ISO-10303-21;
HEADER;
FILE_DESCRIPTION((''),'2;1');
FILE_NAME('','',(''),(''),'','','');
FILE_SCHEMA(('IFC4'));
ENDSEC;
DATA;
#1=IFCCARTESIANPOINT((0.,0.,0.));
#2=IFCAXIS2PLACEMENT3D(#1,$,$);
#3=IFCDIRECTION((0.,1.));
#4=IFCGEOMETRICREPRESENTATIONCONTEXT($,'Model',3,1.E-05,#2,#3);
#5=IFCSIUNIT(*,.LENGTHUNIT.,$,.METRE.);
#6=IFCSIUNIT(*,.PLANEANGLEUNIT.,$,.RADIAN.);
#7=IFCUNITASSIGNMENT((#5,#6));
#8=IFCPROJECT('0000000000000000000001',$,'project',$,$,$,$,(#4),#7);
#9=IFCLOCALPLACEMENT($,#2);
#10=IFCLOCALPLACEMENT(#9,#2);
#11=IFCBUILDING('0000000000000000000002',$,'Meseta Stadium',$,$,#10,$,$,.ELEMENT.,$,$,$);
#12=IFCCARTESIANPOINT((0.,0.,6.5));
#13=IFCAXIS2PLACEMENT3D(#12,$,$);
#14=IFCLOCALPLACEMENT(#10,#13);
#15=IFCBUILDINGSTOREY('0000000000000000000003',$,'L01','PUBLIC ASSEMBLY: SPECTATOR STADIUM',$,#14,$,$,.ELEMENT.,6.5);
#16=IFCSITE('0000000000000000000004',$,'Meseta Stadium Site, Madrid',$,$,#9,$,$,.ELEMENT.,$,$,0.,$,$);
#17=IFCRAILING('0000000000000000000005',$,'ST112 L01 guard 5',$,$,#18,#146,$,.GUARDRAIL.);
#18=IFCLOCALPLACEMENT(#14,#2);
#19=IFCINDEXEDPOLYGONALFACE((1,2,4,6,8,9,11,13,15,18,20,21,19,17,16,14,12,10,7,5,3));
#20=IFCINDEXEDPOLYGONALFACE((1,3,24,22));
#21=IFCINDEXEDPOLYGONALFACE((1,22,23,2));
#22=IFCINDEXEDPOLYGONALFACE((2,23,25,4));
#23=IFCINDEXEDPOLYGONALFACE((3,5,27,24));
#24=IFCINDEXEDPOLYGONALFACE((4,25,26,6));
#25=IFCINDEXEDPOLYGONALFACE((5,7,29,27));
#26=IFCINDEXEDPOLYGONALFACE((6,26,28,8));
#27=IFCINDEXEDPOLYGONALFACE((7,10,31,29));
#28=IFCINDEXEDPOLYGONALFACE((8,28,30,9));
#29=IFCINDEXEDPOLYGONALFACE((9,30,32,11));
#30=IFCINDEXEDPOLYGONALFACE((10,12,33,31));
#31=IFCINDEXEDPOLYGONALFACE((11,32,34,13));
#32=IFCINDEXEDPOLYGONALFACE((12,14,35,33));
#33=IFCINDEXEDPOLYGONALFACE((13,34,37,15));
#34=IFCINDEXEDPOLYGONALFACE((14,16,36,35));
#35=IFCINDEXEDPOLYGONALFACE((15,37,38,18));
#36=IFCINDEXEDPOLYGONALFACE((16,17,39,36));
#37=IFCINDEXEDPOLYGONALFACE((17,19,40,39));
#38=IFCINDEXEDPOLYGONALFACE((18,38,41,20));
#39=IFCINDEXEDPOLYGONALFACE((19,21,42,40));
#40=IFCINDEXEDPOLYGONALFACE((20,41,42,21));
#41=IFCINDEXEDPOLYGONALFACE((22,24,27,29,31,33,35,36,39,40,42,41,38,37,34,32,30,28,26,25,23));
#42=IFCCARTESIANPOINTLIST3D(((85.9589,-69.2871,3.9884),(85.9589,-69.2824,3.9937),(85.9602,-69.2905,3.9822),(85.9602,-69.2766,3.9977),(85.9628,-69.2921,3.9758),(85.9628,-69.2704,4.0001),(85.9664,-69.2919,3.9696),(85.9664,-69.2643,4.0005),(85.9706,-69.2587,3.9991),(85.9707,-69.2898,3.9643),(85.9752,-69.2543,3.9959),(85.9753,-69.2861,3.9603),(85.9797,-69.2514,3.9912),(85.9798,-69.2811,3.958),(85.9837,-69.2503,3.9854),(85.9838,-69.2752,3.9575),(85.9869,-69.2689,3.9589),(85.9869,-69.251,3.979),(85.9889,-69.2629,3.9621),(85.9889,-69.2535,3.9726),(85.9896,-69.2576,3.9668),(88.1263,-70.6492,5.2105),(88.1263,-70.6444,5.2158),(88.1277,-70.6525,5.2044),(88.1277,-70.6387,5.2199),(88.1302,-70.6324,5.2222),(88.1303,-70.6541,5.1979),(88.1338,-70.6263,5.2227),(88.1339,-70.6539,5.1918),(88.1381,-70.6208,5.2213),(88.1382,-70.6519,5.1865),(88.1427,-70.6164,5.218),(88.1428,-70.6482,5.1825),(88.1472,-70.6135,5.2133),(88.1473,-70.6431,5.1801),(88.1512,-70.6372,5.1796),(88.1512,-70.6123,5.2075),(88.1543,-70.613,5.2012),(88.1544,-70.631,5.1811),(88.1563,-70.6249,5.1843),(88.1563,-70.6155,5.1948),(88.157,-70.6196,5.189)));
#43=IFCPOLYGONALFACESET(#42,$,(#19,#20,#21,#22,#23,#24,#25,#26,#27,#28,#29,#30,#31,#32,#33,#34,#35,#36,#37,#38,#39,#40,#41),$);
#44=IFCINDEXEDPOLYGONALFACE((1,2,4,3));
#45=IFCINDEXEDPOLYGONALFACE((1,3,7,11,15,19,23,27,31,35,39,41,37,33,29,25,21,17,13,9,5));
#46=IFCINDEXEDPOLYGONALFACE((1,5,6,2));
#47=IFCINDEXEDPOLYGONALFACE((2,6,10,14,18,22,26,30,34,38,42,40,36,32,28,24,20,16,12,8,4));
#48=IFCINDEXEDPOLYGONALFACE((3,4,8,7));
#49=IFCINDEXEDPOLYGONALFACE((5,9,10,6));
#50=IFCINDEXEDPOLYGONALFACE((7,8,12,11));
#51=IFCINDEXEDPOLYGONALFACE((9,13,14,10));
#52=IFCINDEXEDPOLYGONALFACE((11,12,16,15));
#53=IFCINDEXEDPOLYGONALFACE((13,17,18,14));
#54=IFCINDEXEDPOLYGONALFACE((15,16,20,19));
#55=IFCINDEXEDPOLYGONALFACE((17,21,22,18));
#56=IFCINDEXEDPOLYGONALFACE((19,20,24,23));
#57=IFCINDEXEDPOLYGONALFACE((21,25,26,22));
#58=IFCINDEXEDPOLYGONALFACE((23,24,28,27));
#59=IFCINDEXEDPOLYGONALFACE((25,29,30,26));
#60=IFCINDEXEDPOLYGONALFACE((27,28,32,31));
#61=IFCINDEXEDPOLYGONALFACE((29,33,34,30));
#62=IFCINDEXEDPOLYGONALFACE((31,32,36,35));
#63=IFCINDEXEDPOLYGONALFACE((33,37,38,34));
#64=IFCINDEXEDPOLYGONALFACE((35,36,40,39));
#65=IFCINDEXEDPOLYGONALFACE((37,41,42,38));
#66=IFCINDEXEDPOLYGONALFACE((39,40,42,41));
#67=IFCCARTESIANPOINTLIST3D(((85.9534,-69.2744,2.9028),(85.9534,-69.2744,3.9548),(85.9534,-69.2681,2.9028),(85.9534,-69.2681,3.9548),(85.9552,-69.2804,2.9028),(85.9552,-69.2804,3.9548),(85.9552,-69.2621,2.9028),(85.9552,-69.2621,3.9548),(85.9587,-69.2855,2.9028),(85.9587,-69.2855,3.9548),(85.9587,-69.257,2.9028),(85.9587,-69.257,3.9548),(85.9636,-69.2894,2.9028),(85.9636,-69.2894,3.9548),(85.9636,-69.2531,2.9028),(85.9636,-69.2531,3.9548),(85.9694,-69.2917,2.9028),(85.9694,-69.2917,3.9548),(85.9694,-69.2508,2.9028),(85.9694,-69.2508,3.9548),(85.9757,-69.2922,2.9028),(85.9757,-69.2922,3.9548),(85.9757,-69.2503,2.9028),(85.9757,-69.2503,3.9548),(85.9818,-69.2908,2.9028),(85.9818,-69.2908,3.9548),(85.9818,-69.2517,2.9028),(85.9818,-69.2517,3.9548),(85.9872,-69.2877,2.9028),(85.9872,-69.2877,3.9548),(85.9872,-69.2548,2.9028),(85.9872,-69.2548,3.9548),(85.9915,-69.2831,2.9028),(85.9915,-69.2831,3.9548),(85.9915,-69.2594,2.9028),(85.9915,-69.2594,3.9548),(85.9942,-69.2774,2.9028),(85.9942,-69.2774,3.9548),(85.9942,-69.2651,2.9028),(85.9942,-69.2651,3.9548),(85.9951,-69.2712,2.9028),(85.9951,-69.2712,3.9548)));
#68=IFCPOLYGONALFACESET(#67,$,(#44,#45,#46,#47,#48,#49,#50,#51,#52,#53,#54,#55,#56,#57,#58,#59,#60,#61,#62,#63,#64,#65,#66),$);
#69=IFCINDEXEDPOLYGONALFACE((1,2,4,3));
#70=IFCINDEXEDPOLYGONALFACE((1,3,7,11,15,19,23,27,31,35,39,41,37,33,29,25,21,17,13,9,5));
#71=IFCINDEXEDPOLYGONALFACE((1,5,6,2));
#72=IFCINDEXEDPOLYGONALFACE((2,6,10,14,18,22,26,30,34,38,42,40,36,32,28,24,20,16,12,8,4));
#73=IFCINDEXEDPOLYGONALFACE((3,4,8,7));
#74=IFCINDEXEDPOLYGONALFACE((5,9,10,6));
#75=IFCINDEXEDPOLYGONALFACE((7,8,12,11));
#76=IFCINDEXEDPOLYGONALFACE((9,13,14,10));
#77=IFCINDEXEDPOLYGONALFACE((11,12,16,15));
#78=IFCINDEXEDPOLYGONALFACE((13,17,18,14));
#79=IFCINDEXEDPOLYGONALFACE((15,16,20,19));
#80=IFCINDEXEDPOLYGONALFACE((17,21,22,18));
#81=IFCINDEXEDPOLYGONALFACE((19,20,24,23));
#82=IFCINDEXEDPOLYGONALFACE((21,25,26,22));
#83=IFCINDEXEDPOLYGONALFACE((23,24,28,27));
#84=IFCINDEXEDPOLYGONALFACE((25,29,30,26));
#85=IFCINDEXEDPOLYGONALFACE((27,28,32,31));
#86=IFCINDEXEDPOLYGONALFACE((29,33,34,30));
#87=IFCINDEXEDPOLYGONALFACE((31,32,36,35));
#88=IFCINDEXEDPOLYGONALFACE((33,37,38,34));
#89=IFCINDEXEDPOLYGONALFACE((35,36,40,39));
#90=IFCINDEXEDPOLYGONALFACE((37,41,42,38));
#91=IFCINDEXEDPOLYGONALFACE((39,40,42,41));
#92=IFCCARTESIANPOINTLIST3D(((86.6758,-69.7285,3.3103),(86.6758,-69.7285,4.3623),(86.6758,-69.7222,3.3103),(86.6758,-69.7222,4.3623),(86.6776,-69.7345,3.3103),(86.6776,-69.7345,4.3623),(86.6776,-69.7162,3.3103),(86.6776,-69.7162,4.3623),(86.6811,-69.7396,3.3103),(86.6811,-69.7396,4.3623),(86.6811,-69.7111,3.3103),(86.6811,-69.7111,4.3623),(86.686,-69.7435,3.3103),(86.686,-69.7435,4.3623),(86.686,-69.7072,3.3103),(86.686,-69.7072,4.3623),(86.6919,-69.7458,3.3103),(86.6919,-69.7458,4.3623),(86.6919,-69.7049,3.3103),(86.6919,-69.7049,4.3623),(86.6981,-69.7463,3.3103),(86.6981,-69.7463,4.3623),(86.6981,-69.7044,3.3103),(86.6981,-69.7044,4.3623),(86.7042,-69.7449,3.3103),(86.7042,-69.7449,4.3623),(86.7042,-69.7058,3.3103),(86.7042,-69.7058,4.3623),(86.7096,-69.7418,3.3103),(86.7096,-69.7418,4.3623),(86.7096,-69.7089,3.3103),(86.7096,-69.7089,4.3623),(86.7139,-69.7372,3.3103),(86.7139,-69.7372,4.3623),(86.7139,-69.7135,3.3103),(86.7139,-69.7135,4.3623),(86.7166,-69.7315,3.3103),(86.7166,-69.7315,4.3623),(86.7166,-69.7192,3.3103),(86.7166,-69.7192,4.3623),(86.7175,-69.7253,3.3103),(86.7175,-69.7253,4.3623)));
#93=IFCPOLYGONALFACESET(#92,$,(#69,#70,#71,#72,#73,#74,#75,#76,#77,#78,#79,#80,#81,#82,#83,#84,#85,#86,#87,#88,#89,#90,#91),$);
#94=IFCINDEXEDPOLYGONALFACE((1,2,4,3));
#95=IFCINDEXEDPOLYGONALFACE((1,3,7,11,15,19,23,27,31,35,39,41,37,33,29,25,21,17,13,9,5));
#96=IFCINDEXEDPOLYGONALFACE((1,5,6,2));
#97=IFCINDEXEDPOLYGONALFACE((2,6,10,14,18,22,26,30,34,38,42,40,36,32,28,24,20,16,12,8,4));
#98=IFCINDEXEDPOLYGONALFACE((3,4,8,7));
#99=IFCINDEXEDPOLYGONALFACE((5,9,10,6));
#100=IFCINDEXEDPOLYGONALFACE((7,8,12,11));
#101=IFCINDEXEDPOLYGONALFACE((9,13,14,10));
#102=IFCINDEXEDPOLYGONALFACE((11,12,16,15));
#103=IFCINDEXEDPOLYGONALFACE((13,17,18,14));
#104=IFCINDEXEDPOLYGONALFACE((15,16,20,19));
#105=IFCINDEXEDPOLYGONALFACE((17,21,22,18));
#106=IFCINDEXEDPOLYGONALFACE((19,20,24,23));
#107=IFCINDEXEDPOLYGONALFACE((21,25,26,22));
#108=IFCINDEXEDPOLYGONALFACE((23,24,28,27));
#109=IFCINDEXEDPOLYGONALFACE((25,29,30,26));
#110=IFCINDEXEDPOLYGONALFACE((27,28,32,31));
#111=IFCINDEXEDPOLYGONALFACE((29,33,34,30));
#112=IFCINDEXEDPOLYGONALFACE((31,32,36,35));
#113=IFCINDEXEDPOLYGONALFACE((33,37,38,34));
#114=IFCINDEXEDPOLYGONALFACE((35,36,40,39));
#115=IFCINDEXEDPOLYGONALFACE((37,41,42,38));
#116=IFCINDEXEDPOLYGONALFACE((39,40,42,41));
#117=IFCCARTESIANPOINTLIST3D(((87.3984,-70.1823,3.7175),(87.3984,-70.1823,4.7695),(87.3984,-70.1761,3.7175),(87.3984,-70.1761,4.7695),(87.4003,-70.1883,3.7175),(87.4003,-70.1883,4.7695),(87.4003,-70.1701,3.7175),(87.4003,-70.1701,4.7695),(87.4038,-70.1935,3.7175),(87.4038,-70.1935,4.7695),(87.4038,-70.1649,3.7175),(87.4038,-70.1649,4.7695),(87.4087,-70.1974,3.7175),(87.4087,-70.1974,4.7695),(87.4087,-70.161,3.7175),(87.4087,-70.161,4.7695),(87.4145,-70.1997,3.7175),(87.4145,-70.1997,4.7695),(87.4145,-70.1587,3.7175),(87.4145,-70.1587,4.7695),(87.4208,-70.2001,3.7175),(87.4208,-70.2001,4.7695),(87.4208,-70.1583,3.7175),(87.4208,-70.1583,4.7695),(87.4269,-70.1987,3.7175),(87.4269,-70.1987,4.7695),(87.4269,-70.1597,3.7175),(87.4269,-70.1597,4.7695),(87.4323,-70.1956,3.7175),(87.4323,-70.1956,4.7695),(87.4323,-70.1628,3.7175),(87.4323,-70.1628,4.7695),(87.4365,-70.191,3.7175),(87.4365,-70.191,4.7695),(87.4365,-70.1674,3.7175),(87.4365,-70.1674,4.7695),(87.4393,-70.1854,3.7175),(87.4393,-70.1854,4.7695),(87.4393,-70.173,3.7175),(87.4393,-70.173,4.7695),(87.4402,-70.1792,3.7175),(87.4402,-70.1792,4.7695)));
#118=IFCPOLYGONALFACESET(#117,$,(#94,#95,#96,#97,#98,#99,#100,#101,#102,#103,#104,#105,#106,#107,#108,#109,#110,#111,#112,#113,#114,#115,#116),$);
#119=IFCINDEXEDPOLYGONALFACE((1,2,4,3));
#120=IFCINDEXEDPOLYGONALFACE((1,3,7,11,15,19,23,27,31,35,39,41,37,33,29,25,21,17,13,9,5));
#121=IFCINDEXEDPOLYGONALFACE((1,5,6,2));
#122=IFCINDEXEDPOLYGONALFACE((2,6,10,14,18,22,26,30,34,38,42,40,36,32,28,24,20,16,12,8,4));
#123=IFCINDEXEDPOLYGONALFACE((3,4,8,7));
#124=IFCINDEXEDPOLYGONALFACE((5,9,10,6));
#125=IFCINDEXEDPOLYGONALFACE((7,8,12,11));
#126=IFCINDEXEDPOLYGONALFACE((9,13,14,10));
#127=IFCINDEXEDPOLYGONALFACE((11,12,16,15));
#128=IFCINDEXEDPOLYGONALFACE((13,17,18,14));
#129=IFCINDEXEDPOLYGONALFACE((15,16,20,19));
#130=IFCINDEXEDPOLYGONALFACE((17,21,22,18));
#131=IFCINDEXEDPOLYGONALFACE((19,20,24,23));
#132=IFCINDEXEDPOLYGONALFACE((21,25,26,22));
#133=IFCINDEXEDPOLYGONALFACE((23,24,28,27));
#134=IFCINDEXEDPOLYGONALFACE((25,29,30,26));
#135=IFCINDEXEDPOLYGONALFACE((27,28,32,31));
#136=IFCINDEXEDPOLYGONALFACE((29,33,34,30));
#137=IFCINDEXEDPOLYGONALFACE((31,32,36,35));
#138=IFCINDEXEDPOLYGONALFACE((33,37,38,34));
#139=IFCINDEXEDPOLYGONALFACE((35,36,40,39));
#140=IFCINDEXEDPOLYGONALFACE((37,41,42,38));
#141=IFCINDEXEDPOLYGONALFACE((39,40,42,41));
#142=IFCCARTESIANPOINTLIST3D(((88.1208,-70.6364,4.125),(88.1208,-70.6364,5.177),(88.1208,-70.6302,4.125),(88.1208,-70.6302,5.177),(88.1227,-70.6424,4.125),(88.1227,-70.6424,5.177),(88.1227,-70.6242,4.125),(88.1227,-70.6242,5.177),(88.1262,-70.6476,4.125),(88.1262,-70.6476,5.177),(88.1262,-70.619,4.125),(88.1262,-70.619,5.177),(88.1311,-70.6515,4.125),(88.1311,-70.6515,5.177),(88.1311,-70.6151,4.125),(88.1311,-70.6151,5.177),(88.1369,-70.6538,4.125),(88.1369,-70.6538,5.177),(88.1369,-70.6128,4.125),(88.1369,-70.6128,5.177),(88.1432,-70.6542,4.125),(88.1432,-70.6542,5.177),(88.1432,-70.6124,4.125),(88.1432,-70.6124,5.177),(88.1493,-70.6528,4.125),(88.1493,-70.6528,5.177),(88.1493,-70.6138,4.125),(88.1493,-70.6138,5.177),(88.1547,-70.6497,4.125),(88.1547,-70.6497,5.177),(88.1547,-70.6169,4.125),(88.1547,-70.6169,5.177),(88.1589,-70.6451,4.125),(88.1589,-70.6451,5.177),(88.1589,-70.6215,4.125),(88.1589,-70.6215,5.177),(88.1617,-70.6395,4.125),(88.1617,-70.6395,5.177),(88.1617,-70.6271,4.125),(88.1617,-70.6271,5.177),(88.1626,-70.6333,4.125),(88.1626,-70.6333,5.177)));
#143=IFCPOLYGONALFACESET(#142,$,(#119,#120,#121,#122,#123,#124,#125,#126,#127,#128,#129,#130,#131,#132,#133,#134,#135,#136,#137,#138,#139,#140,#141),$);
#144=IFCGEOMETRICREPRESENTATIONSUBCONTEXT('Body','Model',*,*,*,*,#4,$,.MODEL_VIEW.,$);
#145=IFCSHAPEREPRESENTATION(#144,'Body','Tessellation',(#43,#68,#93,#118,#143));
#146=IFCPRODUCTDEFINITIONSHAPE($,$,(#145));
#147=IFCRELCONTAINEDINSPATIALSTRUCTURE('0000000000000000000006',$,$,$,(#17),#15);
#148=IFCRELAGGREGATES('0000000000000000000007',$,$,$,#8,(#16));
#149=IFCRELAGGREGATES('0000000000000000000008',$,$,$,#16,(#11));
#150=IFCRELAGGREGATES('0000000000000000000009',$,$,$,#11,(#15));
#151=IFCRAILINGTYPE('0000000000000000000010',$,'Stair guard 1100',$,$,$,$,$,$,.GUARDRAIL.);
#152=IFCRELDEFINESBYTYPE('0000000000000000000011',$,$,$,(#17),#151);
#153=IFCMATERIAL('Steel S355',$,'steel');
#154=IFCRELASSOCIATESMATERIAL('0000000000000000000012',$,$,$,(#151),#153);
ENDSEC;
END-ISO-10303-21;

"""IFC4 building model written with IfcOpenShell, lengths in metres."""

from ifc_helpers import new_model, si_unit, direction, frame, origin, origin_2d, place, context, subcontext, project, spatial, circle, extrude, material, type_object, element, save


model = new_model("IFC4")

# Units and contexts
model_context = context("Model", 3, precision=1e-05, world=origin(), true_north=direction((0.0, 1.0)))
body_context = subcontext(model_context, "Body", "Model", "MODEL_VIEW")
ifc_project = project(units=[si_unit("LENGTHUNIT", "METRE"), si_unit("PLANEANGLEUNIT", "RADIAN")], contexts=[model_context])

# Site, building, storey
site_placement = place(None, origin())
site = spatial("IfcSite", under=ifc_project, at=site_placement, Name="Meseta Stadium Site, Madrid", CompositionType="ELEMENT", RefElevation=0.0)
building_placement = place(site_placement, origin())
building = spatial("IfcBuilding", under=site, at=building_placement, Name="Meseta Stadium", CompositionType="ELEMENT")
storey_placement = place(building_placement, frame((0.0, 0.0, 6.5)))
storey = spatial("IfcBuildingStorey", under=building, at=storey_placement, Name="L01", Description="PUBLIC ASSEMBLY: SPECTATOR STADIUM", CompositionType="ELEMENT", Elevation=6.5)

# Railing
ifc_material_1 = material(Name="Steel S355", Category="steel")
railing_type_1 = type_object("IfcRailingType", Name="Stair guard 1100", PredefinedType="GUARDRAIL", material=ifc_material_1)
railing_1_placement = place(storey_placement, frame((85.9741, -69.2712, 2.9028)))
element("IfcRailing", 1, at=railing_1_placement, inside=storey, type_object=railing_type_1, Name="ST112 L01 guard 5", PredefinedType="GUARDRAIL", context=body_context, shape_type="SweptSolid", body=[
    extrude(circle(Radius=0.0239, at=origin_2d()), frame((0.0, 0.0, 1.0762), z_axis=(0.764085, -0.480156, 0.430841), x_axis=(0.532072, 0.846699, 0.0)), (0.0, 0.0, 1.0), 2.8367),
    extrude(circle(Radius=0.021, at=origin_2d()), origin(), (0.0, 0.0, 1.0), 1.052),
    extrude(circle(Radius=0.021, at=origin_2d()), frame((0.7224, -0.4541, 0.4075)), (0.0, 0.0, 1.0), 1.052),
    extrude(circle(Radius=0.021, at=origin_2d()), frame((1.4451, -0.908, 0.8147)), (0.0, 0.0, 1.0), 1.052),
    extrude(circle(Radius=0.021, at=origin_2d()), frame((2.1675, -1.3621, 1.2222)), (0.0, 0.0, 1.0), 1.052),
])

save(model, "model.ifc")
